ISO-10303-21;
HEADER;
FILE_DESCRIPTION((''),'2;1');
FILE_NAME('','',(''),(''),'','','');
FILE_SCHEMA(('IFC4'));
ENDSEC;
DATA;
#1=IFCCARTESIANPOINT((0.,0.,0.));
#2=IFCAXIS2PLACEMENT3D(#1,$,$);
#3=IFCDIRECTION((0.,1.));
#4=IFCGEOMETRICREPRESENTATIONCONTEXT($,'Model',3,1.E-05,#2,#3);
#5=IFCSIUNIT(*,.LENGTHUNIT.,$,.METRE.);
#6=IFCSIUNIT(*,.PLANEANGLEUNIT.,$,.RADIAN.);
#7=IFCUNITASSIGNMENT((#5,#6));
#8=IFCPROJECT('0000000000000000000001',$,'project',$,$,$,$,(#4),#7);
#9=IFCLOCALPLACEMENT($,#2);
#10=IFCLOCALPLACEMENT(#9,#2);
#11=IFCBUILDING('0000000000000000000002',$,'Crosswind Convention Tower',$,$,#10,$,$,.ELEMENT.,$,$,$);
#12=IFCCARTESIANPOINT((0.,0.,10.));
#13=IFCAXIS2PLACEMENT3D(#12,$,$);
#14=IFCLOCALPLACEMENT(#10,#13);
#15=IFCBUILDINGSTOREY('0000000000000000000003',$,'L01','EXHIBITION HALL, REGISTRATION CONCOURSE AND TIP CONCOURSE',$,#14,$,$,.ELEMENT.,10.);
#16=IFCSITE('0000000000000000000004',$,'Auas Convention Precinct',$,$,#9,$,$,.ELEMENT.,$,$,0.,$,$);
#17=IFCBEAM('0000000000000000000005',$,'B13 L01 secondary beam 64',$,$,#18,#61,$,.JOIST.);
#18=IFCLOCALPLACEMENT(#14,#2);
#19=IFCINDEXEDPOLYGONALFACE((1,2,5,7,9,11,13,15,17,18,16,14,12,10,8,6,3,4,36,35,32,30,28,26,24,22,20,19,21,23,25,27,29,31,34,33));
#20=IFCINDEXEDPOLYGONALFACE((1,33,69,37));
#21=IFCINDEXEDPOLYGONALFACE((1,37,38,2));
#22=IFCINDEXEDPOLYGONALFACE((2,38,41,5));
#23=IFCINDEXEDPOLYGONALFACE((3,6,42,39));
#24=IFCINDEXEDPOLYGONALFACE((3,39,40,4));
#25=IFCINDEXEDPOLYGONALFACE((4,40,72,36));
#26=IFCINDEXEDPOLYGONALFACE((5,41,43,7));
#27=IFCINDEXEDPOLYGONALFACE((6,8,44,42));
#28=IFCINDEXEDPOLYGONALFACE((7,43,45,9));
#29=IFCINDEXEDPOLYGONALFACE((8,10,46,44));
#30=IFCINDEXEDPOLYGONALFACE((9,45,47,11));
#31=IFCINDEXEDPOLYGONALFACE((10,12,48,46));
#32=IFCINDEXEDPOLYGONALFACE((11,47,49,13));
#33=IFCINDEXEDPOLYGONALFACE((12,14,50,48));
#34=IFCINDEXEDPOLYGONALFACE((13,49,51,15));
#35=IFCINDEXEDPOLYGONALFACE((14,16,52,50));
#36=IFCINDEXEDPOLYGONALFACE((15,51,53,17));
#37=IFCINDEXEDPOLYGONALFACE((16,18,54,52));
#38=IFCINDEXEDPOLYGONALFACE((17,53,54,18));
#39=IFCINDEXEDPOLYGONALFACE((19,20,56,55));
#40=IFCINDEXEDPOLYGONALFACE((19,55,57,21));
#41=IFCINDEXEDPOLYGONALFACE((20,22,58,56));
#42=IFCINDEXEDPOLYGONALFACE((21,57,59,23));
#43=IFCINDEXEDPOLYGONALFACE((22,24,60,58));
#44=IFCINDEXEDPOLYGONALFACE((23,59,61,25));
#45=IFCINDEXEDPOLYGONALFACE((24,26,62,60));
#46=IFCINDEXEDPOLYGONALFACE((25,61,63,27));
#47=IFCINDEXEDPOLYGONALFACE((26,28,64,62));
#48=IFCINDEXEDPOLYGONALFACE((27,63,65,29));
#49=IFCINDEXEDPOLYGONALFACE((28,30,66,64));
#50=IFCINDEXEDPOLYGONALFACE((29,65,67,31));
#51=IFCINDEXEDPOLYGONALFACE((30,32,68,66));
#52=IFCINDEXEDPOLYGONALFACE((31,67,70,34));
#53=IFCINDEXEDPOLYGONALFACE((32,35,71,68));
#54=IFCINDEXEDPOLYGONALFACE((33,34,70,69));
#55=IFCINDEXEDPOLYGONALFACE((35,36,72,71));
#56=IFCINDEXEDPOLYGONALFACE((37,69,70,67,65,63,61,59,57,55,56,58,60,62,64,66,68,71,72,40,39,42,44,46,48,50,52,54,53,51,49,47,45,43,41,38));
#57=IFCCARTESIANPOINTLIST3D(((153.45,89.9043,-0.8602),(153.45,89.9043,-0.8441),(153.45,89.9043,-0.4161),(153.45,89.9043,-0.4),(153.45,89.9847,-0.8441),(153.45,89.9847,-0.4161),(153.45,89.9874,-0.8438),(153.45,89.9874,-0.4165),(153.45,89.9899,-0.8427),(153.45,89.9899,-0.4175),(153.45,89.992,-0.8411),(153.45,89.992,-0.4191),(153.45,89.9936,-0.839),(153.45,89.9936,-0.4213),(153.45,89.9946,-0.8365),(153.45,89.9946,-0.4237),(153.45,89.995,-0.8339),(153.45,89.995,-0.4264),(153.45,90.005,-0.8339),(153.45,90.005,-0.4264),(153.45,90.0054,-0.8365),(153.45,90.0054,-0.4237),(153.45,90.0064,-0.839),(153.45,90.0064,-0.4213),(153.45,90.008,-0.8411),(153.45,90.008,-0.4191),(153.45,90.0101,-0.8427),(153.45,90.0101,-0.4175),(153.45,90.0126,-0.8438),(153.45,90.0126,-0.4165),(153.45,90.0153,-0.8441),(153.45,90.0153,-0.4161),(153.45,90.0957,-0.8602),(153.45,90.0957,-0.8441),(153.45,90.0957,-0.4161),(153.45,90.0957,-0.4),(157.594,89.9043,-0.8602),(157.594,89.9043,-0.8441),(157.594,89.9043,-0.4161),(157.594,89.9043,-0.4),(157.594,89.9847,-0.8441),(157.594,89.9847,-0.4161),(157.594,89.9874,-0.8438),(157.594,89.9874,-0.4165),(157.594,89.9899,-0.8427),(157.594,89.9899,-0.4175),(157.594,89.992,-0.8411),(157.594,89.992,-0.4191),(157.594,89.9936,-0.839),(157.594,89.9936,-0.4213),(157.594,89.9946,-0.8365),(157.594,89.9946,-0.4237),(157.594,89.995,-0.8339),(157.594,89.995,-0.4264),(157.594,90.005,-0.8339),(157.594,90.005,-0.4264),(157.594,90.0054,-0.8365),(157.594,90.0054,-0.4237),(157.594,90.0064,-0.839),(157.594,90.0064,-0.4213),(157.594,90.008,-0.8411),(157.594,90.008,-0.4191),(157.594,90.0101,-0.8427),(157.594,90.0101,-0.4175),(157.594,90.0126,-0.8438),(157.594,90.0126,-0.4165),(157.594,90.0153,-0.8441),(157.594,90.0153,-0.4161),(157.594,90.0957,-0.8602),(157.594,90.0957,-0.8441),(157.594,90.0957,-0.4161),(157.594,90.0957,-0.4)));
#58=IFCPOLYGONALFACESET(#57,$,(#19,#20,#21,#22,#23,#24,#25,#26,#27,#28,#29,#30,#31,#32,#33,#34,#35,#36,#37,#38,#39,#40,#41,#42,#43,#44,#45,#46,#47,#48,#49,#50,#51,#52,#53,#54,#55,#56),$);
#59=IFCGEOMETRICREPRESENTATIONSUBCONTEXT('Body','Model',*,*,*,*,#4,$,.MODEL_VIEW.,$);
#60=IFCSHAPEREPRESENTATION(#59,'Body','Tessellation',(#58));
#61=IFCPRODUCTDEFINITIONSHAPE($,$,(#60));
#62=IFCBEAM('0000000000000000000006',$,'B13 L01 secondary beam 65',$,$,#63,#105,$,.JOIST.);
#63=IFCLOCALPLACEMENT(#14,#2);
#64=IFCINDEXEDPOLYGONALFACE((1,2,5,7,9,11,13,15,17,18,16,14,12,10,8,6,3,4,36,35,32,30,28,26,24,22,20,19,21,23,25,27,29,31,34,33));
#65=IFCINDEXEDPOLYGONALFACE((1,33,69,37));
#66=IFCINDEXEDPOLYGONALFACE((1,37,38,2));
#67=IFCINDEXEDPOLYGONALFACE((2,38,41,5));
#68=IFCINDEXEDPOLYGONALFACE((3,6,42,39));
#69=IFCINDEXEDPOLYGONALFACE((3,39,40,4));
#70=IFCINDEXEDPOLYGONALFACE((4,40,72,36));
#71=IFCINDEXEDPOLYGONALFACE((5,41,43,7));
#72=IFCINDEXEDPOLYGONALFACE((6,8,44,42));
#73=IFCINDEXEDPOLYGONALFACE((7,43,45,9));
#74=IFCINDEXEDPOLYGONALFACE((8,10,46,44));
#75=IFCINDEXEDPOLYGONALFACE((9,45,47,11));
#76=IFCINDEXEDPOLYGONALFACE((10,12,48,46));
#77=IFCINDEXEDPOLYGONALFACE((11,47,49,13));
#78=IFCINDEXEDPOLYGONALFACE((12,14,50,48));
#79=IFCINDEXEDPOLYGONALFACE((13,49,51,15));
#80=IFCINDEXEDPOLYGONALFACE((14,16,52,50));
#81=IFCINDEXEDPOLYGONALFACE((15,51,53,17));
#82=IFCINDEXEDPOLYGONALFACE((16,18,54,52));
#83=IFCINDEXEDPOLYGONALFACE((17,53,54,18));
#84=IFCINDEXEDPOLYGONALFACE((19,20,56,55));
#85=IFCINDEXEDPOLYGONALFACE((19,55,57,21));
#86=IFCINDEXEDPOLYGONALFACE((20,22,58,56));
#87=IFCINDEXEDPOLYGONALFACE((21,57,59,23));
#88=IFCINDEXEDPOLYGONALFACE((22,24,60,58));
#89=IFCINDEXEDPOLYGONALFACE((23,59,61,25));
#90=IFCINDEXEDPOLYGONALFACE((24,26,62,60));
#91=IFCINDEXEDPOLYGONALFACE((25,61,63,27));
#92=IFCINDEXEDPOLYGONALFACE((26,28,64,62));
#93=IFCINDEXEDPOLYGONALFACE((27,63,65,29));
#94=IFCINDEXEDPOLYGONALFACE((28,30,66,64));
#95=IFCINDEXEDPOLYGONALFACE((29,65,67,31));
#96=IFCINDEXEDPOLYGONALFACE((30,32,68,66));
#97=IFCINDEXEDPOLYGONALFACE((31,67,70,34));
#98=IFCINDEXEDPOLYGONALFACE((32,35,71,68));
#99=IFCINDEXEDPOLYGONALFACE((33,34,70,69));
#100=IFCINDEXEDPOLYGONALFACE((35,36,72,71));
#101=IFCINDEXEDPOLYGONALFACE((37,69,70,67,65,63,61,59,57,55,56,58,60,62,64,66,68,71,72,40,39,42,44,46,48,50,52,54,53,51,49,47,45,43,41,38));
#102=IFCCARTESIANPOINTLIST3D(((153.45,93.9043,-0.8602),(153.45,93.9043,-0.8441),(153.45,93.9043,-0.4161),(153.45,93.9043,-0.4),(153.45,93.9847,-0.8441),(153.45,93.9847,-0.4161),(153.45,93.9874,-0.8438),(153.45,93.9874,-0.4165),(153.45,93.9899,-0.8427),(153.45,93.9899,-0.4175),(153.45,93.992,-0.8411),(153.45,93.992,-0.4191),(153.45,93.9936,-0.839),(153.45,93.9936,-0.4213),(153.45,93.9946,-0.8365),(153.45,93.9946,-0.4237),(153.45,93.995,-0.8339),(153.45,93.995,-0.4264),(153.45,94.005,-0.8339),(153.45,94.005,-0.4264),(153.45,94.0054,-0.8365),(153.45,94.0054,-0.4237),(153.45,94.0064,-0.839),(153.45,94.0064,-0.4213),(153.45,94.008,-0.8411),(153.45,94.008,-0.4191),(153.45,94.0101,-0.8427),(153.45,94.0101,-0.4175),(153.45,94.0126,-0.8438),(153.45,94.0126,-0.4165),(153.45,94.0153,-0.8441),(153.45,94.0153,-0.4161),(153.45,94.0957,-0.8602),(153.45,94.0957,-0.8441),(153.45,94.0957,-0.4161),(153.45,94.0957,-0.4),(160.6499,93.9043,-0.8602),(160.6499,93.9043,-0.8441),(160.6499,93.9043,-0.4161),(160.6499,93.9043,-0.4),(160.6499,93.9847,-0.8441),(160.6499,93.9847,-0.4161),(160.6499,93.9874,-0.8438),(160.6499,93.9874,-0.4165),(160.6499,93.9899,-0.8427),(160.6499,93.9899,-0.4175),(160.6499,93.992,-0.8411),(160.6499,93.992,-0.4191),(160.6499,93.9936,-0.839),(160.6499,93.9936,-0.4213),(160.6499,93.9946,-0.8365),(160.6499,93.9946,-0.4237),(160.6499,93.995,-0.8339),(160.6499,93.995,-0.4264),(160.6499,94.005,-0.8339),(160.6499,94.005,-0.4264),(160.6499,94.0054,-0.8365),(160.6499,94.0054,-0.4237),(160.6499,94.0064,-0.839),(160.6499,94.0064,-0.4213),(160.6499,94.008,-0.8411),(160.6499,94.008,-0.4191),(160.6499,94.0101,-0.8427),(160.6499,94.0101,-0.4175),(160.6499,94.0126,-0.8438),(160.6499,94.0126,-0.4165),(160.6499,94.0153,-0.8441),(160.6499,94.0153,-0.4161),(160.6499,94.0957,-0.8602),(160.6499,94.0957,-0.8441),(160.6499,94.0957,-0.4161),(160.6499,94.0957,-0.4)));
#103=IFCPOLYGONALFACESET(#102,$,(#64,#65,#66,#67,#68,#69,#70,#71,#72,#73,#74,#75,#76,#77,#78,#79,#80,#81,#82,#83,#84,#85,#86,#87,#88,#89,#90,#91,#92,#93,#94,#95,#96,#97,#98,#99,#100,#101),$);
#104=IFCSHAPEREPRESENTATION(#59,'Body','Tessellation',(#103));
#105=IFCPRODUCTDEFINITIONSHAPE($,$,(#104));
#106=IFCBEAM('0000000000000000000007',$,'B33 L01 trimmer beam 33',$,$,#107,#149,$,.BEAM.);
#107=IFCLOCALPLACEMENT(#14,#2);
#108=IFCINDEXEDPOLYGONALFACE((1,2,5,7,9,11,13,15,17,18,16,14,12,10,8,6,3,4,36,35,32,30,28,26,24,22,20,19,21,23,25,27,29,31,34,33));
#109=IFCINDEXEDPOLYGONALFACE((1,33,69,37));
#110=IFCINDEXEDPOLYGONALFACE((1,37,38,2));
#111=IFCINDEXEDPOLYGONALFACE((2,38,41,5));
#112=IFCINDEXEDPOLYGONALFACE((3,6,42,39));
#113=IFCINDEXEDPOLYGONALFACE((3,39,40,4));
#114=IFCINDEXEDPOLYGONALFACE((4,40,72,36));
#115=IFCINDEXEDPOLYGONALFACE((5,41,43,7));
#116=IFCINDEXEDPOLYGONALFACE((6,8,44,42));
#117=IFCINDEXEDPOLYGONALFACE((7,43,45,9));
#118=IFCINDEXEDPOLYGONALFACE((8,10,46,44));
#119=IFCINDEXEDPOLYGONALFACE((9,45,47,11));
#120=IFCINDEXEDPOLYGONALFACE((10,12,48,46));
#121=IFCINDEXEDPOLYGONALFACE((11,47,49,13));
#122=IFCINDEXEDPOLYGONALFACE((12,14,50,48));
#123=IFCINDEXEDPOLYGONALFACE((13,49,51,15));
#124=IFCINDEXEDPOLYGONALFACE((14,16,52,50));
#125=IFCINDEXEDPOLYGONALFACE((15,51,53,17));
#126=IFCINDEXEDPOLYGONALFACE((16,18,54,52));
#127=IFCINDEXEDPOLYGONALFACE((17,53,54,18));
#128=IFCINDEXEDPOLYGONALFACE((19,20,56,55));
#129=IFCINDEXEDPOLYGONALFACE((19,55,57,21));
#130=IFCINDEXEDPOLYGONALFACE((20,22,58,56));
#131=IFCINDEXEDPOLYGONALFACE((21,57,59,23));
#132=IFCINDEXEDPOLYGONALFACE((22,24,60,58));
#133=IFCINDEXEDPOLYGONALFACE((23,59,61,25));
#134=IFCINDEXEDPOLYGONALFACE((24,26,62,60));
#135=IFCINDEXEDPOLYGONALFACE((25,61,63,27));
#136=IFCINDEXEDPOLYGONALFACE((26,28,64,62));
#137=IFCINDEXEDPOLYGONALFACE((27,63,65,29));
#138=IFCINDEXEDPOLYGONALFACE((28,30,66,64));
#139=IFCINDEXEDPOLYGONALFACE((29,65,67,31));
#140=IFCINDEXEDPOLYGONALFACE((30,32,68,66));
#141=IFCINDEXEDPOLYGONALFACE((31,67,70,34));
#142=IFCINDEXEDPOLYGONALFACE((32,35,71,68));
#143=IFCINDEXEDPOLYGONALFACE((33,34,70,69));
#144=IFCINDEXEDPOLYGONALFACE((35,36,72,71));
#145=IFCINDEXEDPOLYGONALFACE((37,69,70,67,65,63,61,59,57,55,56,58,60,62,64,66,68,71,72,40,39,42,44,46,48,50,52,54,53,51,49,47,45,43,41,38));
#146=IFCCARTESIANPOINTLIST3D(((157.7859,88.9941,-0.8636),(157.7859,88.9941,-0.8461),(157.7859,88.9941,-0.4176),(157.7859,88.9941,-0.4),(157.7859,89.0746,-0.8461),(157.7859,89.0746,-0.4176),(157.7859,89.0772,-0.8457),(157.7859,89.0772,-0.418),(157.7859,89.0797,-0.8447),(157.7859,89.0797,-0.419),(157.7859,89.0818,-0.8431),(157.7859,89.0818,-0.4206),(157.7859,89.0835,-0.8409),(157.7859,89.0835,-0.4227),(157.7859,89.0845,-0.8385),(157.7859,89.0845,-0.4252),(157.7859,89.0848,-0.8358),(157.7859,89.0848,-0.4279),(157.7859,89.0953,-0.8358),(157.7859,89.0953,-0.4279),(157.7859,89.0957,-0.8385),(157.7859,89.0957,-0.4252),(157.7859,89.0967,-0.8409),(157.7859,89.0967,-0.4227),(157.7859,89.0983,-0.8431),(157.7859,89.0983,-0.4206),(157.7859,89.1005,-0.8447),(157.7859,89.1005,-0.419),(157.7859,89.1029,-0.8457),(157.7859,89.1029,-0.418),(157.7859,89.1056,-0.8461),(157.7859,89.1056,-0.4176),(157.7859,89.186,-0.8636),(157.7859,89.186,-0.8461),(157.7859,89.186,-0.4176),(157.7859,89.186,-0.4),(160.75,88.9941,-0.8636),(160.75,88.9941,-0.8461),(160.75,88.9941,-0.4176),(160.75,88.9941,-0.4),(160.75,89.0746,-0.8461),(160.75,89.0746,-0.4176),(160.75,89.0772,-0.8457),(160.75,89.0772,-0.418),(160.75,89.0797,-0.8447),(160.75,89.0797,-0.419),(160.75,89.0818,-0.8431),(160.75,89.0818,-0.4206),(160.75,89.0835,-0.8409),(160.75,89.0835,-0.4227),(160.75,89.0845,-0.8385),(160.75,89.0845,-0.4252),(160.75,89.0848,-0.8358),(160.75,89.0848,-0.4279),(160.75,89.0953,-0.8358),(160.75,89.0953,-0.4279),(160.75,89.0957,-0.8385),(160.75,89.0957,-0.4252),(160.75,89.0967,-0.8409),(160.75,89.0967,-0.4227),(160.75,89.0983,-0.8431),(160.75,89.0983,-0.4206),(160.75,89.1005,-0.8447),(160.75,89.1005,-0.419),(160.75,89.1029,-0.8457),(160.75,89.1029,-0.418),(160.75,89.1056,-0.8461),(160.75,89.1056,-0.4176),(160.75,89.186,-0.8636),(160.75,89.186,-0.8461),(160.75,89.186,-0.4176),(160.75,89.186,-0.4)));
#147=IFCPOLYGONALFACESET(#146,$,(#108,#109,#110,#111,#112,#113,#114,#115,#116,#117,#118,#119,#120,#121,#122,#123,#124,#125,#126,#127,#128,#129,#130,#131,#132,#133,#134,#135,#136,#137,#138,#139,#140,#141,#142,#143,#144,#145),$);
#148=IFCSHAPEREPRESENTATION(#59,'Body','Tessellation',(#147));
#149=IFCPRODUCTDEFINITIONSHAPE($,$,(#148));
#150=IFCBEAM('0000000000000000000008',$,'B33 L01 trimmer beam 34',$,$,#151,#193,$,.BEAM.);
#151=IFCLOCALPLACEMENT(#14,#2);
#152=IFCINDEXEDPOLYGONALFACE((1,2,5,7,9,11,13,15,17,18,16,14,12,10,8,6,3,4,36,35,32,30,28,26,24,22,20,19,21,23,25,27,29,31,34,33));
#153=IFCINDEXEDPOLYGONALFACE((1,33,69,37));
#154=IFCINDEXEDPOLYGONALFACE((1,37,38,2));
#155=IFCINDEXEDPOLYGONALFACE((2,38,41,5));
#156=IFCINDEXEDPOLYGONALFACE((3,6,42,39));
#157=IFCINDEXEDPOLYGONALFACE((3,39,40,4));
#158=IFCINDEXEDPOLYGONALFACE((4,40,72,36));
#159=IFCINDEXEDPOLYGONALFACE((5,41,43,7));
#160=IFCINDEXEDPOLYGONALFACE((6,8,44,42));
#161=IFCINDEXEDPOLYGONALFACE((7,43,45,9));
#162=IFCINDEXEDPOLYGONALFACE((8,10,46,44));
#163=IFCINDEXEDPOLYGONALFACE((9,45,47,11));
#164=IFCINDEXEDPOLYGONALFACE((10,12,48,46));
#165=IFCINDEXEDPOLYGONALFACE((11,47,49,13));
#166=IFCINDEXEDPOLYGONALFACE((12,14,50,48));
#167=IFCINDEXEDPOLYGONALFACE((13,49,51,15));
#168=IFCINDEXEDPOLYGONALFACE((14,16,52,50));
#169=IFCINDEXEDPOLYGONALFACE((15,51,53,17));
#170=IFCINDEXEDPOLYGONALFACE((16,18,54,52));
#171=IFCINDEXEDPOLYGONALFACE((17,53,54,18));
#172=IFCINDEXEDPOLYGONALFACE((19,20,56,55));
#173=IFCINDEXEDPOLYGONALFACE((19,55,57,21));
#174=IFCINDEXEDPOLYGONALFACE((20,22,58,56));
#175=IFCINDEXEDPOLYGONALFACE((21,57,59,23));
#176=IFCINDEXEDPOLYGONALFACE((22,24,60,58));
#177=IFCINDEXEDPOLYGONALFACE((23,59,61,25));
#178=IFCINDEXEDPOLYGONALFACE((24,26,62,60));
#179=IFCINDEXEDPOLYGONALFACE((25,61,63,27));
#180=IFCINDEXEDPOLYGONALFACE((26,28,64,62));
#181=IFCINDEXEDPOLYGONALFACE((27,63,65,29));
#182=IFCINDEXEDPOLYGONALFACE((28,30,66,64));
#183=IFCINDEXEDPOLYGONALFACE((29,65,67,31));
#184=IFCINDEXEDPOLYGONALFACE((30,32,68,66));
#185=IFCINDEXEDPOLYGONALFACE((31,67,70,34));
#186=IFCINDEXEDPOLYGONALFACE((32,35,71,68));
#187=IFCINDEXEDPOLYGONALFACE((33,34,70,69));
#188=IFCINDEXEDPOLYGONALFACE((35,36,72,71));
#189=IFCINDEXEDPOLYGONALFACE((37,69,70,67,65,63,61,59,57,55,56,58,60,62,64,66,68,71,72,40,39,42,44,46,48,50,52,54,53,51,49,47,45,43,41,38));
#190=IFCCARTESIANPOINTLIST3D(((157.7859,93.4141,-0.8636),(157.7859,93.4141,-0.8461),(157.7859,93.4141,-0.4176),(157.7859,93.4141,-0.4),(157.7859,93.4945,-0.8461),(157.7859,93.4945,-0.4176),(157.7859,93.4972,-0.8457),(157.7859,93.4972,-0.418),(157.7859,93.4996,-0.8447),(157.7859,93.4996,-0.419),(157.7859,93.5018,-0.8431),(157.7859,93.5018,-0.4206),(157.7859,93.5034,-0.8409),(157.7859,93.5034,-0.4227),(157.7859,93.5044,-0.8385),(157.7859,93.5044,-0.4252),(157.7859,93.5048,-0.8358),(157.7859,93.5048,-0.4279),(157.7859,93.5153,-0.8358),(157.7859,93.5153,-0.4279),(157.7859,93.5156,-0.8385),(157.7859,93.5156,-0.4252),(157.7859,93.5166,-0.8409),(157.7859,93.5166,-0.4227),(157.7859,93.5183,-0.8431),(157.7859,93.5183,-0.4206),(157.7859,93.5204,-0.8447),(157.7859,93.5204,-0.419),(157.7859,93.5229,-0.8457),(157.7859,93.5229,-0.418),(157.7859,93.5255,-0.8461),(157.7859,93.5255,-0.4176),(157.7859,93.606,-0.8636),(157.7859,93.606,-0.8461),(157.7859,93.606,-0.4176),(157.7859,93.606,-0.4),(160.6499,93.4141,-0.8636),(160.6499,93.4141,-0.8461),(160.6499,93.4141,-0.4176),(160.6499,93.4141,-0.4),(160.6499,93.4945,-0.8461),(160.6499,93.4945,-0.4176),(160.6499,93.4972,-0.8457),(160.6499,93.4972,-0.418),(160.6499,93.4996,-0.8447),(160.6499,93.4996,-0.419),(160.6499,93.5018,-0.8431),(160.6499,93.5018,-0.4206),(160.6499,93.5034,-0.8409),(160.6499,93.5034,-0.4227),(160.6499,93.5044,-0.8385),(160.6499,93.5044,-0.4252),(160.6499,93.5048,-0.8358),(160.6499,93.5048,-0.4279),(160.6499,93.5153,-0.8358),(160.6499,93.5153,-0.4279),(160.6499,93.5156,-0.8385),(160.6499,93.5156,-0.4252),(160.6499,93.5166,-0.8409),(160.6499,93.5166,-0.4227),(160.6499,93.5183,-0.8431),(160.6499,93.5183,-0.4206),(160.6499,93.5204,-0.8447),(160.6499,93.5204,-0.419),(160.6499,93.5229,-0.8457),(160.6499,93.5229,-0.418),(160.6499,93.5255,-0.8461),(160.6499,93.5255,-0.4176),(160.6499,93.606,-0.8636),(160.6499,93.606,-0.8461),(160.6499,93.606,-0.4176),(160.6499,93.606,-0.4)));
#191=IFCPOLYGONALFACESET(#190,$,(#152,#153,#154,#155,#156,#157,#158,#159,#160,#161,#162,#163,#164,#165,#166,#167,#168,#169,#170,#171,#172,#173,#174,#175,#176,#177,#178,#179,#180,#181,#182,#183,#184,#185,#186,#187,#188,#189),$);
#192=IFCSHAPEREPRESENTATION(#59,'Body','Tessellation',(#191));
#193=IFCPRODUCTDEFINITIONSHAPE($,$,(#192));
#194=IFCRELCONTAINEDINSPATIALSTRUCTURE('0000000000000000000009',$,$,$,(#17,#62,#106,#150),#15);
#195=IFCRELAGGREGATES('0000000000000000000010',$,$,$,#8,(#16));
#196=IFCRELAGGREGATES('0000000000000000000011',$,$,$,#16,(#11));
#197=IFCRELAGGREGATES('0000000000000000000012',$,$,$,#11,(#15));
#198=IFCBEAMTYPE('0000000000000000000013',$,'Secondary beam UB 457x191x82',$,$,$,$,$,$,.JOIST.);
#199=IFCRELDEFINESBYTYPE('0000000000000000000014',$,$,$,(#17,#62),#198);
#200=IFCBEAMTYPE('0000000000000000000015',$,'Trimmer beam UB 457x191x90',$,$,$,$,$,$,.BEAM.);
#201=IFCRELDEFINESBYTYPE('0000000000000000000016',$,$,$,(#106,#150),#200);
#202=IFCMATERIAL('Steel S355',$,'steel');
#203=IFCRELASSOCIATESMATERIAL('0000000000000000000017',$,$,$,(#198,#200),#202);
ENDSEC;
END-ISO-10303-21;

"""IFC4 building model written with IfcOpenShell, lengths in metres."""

from ifc_helpers import new_model, si_unit, direction, frame, origin, origin_2d, place, context, subcontext, project, spatial, i_section, extrude, material, material_profile, profile_set, type_object, element, save


model = new_model("IFC4")

# Units and contexts
model_context = context("Model", 3, precision=1e-05, world=origin(), true_north=direction((0.0, 1.0)))
body_context = subcontext(model_context, "Body", "Model", "MODEL_VIEW")
ifc_project = project(units=[si_unit("LENGTHUNIT", "METRE"), si_unit("PLANEANGLEUNIT", "RADIAN")], contexts=[model_context])

# Site, building, storey
site_placement = place(None, origin())
site = spatial("IfcSite", under=ifc_project, at=site_placement, Name="Auas Convention Precinct", CompositionType="ELEMENT", RefElevation=0.0)
building_placement = place(site_placement, origin())
building = spatial("IfcBuilding", under=site, at=building_placement, Name="Crosswind Convention Tower", CompositionType="ELEMENT")
storey_placement = place(building_placement, frame((0.0, 0.0, 10.0)))
storey = spatial("IfcBuildingStorey", under=building, at=storey_placement, Name="L01", Description="EXHIBITION HALL, REGISTRATION CONCOURSE AND TIP CONCOURSE", CompositionType="ELEMENT", Elevation=10.0)

# Beams
ifc_material_1 = material(Name="Steel S355", Category="steel")
ifc_material_profile_1 = material_profile(ifc_material_1, i_section(OverallWidth=0.1914, OverallDepth=0.4602, WebThickness=0.01, FlangeThickness=0.0161, FilletRadius=0.0103, at=origin_2d()), Name="UB 457x191x82")
ifc_profile_set_1 = profile_set([ifc_material_profile_1], Name="Steel S355")
beam_type_1 = type_object("IfcBeamType", Name="Secondary beam UB 457x191x82", PredefinedType="JOIST", material=ifc_profile_set_1)
beam_1_placement = place(storey_placement, frame((153.45, 90.0, -0.6301), z_axis=(1.0, 0.0, 0.0), x_axis=(0.0, 1.0, 0.0)))
element("IfcBeam", 1, at=beam_1_placement, inside=storey, type_object=beam_type_1, Name="B13 L01 secondary beam 64", PredefinedType="JOIST", context=body_context, shape_type="SweptSolid", body=[
    extrude(i_section(OverallWidth=0.1914, OverallDepth=0.4602, WebThickness=0.01, FlangeThickness=0.0161, FilletRadius=0.0103, at=origin_2d()), origin(), (0.0, 0.0, 1.0), 4.144),
])
beam_2_placement = place(storey_placement, frame((153.45, 94.0, -0.6301), z_axis=(1.0, 0.0, 0.0), x_axis=(0.0, 1.0, 0.0)))
element("IfcBeam", 2, at=beam_2_placement, inside=storey, type_object=beam_type_1, Name="B13 L01 secondary beam 65", PredefinedType="JOIST", context=body_context, shape_type="SweptSolid", body=[
    extrude(i_section(OverallWidth=0.1914, OverallDepth=0.4602, WebThickness=0.01, FlangeThickness=0.0161, FilletRadius=0.0103, at=origin_2d()), origin(), (0.0, 0.0, 1.0), 7.2),
])
ifc_material_profile_2 = material_profile(ifc_material_1, i_section(OverallWidth=0.1919, OverallDepth=0.4636, WebThickness=0.0105, FlangeThickness=0.0176, FilletRadius=0.0103, at=origin_2d()), Name="UB 457x191x90")
ifc_profile_set_2 = profile_set([ifc_material_profile_2], Name="Steel S355")
beam_type_2 = type_object("IfcBeamType", Name="Trimmer beam UB 457x191x90", PredefinedType="BEAM", material=ifc_profile_set_2)
beam_3_placement = place(storey_placement, frame((157.7859, 89.0901, -0.6318), z_axis=(1.0, 0.0, 0.0), x_axis=(0.0, 1.0, 0.0)))
element("IfcBeam", 3, at=beam_3_placement, inside=storey, type_object=beam_type_2, Name="B33 L01 trimmer beam 33", PredefinedType="BEAM", context=body_context, shape_type="SweptSolid", body=[
    extrude(i_section(OverallWidth=0.1919, OverallDepth=0.4636, WebThickness=0.0105, FlangeThickness=0.0176, FilletRadius=0.0103, at=origin_2d()), origin(), (0.0, 0.0, 1.0), 2.9641),
])
beam_4_placement = place(storey_placement, frame((157.7859, 93.51, -0.6318), z_axis=(1.0, 0.0, 0.0), x_axis=(0.0, 1.0, 0.0)))
element("IfcBeam", 4, at=beam_4_placement, inside=storey, type_object=beam_type_2, Name="B33 L01 trimmer beam 34", PredefinedType="BEAM", context=body_context, shape_type="SweptSolid", body=[
    extrude(i_section(OverallWidth=0.1919, OverallDepth=0.4636, WebThickness=0.0105, FlangeThickness=0.0176, FilletRadius=0.0103, at=origin_2d()), origin(), (0.0, 0.0, 1.0), 2.864),
])

save(model, "model.ifc")
